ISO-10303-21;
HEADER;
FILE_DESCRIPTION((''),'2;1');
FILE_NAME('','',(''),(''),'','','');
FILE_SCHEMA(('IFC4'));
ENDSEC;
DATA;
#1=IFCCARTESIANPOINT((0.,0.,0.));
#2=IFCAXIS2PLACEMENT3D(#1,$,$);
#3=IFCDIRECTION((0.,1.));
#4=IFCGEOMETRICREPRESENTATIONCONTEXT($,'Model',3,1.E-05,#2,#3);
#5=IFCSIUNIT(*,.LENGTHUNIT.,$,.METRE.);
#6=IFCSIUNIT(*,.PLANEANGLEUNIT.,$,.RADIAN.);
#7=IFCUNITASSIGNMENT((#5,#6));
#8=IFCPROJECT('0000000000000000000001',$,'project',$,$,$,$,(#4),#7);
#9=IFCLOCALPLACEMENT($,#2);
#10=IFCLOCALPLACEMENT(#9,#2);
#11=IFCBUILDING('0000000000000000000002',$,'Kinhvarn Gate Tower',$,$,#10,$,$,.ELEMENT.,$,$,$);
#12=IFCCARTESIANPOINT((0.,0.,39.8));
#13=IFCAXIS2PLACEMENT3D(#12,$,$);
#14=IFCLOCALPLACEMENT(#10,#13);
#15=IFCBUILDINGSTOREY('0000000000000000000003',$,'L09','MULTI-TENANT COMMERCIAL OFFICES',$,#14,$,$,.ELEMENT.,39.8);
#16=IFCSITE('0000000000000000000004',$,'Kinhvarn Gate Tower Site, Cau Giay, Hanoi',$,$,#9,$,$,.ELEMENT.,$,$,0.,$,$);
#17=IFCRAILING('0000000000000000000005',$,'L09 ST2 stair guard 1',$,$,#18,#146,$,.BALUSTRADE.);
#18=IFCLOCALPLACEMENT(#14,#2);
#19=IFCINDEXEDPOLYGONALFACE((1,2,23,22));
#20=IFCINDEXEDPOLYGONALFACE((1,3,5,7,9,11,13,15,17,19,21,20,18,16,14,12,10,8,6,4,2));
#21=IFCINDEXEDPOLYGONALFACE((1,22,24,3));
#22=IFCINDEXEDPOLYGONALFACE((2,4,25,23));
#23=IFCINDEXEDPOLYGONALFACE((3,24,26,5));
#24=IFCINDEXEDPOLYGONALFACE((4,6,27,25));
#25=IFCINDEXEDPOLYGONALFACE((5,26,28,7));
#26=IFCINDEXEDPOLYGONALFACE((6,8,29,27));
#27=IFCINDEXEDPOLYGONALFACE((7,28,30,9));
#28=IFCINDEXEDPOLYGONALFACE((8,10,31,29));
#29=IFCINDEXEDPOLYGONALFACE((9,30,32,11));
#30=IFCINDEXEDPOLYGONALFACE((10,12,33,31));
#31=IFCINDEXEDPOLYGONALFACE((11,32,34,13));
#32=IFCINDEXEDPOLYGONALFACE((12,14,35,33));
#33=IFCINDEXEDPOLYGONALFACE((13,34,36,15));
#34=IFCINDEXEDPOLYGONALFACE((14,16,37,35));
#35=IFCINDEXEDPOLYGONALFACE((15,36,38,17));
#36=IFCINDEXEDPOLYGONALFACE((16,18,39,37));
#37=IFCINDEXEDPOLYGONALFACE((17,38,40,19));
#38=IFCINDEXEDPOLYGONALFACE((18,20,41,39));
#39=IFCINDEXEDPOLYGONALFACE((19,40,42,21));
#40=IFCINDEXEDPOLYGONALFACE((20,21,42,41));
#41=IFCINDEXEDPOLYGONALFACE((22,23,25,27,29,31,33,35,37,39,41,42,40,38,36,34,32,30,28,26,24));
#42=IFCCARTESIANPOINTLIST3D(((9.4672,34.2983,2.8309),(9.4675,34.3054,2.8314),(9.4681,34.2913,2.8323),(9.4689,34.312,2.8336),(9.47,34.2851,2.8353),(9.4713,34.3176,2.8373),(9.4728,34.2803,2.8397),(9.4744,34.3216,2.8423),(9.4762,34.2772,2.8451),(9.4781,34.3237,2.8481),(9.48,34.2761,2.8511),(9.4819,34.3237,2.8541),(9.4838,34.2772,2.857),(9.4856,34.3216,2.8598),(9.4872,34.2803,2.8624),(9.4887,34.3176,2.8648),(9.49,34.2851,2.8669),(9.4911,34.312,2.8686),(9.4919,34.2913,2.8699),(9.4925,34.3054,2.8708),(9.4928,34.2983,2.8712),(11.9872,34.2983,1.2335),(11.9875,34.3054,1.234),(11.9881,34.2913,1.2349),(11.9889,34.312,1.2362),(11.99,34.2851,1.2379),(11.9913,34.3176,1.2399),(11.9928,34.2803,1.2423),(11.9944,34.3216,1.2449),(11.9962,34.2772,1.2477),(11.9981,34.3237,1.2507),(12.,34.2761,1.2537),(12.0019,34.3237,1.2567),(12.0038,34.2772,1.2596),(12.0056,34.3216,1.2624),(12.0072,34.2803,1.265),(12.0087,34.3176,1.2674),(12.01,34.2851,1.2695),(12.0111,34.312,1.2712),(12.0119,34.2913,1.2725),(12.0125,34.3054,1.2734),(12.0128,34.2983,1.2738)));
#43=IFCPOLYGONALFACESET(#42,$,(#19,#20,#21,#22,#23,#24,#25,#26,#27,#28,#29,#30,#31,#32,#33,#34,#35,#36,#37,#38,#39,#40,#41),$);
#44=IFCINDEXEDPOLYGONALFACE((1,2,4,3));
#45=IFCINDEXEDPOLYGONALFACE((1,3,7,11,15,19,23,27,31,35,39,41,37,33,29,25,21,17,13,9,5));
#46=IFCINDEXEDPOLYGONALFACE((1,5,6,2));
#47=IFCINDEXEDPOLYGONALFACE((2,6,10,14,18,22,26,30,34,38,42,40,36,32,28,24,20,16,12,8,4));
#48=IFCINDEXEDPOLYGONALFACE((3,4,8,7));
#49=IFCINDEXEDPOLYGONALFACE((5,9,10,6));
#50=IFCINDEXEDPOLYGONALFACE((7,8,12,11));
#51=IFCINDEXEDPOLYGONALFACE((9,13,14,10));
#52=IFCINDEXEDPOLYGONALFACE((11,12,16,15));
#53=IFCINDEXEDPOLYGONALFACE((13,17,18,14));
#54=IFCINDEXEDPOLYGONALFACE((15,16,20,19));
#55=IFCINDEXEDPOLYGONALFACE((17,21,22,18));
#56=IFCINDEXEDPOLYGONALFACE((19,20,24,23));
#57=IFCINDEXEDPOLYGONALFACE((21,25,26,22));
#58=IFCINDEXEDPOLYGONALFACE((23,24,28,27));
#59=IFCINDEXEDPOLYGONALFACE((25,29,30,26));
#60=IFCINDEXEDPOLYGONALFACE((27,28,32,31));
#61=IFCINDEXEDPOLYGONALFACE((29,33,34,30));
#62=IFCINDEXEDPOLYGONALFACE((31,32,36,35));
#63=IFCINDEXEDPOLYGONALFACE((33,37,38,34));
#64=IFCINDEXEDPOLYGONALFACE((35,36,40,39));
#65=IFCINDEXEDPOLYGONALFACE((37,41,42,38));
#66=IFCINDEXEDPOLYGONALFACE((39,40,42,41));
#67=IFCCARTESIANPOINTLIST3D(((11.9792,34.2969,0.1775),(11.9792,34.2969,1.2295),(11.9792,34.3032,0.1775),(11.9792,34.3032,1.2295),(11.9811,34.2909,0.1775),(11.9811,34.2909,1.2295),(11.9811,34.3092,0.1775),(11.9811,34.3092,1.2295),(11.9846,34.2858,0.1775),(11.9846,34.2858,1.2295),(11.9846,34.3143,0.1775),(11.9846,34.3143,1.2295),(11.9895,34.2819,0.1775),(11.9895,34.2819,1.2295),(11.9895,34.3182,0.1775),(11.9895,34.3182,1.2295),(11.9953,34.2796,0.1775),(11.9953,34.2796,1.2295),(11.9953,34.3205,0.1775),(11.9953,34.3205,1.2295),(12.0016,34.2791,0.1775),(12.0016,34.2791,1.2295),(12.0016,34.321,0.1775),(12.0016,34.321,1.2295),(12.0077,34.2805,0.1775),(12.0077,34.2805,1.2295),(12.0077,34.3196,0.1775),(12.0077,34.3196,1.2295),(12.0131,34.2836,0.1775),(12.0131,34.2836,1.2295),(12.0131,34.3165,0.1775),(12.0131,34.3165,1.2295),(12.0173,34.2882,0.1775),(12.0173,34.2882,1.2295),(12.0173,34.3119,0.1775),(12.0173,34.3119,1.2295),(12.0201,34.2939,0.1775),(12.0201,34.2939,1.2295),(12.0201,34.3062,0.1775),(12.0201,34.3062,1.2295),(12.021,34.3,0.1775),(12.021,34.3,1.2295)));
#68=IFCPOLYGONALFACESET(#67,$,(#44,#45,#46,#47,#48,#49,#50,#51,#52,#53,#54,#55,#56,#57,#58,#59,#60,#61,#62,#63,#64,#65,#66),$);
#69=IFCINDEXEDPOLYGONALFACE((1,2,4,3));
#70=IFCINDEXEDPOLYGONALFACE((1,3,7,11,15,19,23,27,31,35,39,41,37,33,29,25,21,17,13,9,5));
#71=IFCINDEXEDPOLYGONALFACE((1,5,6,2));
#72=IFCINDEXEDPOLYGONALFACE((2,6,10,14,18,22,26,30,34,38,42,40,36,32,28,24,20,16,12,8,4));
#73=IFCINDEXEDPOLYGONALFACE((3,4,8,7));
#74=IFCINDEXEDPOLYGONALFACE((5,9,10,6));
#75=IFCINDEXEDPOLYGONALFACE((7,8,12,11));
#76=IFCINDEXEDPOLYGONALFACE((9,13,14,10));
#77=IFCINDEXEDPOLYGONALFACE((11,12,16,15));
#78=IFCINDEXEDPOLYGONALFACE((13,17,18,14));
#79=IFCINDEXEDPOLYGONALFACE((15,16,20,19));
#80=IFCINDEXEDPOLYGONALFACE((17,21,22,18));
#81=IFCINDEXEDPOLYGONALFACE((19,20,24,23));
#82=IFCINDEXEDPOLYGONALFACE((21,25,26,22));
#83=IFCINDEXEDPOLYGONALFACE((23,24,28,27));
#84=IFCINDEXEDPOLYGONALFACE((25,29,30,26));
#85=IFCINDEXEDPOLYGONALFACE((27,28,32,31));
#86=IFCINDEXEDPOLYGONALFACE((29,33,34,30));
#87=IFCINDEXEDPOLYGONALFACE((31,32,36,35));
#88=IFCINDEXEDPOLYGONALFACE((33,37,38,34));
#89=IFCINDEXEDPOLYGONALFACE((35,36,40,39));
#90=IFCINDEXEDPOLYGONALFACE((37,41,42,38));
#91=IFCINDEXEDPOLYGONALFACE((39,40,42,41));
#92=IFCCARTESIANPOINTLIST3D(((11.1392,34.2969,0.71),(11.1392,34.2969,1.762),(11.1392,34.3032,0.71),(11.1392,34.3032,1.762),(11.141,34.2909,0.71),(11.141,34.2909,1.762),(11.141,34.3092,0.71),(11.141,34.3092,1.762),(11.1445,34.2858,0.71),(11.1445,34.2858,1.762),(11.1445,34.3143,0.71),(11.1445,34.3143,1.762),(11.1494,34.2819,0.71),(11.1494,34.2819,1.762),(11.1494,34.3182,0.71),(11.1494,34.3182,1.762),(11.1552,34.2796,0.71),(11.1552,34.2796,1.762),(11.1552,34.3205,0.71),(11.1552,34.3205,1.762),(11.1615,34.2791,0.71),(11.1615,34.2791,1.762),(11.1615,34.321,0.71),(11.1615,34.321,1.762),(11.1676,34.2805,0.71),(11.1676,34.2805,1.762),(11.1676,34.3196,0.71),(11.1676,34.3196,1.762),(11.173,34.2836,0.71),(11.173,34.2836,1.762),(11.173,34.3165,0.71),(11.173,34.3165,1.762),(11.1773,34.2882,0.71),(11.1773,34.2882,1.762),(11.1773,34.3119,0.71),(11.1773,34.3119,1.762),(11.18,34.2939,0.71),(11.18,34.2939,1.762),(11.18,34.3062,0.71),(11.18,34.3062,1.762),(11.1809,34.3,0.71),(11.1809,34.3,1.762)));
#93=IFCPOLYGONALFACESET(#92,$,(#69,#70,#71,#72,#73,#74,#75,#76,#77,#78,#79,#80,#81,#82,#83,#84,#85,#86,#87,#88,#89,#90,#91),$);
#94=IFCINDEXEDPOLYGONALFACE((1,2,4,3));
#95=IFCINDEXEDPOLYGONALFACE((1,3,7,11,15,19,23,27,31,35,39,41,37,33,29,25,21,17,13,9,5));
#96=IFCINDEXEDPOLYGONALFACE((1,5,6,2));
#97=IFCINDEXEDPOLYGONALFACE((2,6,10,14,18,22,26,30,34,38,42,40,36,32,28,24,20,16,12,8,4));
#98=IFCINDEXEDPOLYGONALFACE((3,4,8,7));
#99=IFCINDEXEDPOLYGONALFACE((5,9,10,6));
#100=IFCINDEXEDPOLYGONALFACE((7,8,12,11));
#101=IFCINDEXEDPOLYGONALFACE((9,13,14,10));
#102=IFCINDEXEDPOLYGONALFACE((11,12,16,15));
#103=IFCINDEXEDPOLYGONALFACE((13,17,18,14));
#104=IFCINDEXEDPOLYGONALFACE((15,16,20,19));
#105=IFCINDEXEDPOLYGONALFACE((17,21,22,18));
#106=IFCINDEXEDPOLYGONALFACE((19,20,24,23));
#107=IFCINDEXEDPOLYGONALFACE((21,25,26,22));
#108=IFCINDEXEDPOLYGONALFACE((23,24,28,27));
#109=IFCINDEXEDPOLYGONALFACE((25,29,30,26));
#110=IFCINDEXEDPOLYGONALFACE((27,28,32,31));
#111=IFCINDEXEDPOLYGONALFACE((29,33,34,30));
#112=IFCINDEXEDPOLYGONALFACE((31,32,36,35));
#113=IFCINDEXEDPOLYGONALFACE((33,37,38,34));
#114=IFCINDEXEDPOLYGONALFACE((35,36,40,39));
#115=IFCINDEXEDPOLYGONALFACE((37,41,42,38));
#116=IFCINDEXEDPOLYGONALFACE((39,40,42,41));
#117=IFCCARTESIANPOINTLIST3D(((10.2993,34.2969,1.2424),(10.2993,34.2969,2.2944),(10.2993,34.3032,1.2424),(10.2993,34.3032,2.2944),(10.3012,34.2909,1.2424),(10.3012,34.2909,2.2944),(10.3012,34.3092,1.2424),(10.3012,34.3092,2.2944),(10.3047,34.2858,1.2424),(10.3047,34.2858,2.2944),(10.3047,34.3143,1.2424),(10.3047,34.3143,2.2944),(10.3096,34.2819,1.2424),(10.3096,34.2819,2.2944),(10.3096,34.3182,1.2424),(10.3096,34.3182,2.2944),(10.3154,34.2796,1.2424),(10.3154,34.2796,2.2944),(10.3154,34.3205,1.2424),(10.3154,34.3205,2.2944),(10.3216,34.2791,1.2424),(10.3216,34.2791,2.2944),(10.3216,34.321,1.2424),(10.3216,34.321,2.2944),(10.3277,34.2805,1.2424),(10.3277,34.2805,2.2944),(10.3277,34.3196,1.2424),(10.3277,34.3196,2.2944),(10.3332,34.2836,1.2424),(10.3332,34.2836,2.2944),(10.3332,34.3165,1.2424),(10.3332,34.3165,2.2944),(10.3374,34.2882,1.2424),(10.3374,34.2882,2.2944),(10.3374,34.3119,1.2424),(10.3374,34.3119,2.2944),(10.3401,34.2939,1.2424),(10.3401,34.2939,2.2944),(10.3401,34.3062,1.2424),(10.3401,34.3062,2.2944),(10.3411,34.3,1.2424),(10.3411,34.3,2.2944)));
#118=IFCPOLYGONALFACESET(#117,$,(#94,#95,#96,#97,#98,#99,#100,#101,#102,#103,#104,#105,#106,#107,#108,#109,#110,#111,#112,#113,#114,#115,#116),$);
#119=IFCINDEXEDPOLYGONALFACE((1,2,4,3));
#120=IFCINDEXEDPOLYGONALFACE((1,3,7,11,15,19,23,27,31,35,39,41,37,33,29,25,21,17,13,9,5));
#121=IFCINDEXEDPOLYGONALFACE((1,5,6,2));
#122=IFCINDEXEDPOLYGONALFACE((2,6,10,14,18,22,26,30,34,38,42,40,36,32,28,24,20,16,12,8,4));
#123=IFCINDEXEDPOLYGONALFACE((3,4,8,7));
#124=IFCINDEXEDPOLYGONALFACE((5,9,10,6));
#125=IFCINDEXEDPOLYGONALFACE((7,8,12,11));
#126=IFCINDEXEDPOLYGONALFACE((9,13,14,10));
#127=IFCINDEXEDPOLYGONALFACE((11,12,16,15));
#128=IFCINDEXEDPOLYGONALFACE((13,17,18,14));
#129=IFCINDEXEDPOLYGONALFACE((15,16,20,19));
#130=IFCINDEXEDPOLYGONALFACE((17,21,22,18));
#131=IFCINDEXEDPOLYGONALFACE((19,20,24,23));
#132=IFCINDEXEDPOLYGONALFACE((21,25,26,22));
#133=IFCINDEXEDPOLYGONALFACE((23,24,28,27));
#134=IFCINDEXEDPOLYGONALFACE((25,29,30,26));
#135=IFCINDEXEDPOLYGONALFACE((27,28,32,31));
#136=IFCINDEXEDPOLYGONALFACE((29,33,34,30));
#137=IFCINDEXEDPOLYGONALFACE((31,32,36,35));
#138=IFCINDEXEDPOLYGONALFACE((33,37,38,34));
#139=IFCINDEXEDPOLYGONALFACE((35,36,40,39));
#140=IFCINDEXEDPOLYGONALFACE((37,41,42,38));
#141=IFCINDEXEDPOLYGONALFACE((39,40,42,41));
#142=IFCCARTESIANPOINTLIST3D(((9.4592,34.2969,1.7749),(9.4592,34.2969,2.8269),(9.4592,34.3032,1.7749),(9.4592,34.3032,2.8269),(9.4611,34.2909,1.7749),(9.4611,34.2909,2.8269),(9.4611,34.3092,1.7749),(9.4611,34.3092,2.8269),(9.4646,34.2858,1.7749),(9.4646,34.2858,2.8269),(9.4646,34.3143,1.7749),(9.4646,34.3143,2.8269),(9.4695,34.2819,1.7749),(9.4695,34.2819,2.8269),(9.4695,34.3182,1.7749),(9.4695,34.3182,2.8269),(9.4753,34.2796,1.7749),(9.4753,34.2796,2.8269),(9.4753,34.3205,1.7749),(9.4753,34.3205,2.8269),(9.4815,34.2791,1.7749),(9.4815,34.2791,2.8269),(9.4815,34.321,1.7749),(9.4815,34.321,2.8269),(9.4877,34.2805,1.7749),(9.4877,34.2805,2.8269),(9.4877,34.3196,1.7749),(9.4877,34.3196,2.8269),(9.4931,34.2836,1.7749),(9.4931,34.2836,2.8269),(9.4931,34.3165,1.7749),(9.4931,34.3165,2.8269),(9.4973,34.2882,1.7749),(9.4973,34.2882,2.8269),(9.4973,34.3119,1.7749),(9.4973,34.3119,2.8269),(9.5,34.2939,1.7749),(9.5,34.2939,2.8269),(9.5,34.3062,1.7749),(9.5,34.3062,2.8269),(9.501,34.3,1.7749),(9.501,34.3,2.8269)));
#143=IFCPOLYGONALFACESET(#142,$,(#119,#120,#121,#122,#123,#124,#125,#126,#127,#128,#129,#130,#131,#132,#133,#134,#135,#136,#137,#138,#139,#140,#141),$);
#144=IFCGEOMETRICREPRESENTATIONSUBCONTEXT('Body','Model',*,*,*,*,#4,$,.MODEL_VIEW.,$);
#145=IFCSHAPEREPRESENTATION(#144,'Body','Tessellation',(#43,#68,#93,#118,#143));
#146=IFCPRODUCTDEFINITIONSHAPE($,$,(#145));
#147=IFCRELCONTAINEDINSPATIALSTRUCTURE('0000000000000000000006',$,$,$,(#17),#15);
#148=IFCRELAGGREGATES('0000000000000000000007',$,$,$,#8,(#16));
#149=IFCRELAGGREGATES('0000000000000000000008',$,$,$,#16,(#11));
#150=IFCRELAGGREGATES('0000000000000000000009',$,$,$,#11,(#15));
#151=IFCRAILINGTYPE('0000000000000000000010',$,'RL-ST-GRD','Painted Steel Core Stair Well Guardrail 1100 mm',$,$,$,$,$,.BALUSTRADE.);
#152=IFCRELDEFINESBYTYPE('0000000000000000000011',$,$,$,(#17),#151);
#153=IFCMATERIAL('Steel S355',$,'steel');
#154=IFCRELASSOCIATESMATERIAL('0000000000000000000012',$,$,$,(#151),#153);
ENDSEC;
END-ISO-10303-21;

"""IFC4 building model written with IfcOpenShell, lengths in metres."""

from ifc_helpers import new_model, si_unit, direction, frame, origin, origin_2d, place, context, subcontext, project, spatial, circle, extrude, material, type_object, element, save


model = new_model("IFC4")

# Units and contexts
model_context = context("Model", 3, precision=1e-05, world=origin(), true_north=direction((0.0, 1.0)))
body_context = subcontext(model_context, "Body", "Model", "MODEL_VIEW")
ifc_project = project(units=[si_unit("LENGTHUNIT", "METRE"), si_unit("PLANEANGLEUNIT", "RADIAN")], contexts=[model_context])

# Site, building, storey
site_placement = place(None, origin())
site = spatial("IfcSite", under=ifc_project, at=site_placement, Name="Kinhvarn Gate Tower Site, Cau Giay, Hanoi", CompositionType="ELEMENT", RefElevation=0.0)
building_placement = place(site_placement, origin())
building = spatial("IfcBuilding", under=site, at=building_placement, Name="Kinhvarn Gate Tower", CompositionType="ELEMENT")
storey_placement = place(building_placement, frame((0.0, 0.0, 39.8)))
storey = spatial("IfcBuildingStorey", under=building, at=storey_placement, Name="L09", Description="MULTI-TENANT COMMERCIAL OFFICES", CompositionType="ELEMENT", Elevation=39.8)

# Shared definitions
ifc_material_1 = material(Name="Steel S355", Category="steel")

# Railing
railing_type_1 = type_object("IfcRailingType", Name="RL-ST-GRD", Description="Painted Steel Core Stair Well Guardrail 1100 mm", PredefinedType="BALUSTRADE", material=ifc_material_1)
railing_1_placement = place(storey_placement, frame((12.0, 34.3, 0.1775)))
element("IfcRailing", 1, at=railing_1_placement, inside=storey, type_object=railing_type_1, Name="L09 ST2 stair guard 1", PredefinedType="BALUSTRADE", context=body_context, shape_type="SweptSolid", body=[
    extrude(circle(Radius=0.0239, at=origin_2d()), frame((0.0, 0.0, 1.0762), z_axis=(-0.844607, 0.0, 0.535387), x_axis=(0.0, -1.0, 0.0)), (0.0, 0.0, 1.0), 2.9836),
    extrude(circle(Radius=0.021, at=origin_2d()), origin(), (0.0, 0.0, 1.0), 1.052),
    extrude(circle(Radius=0.021, at=origin_2d()), frame((-0.8401, 0.0, 0.5325)), (0.0, 0.0, 1.0), 1.052),
    extrude(circle(Radius=0.021, at=origin_2d()), frame((-1.6799, 0.0, 1.0649)), (0.0, 0.0, 1.0), 1.052),
    extrude(circle(Radius=0.021, at=origin_2d()), frame((-2.52, 0.0, 1.5974)), (0.0, 0.0, 1.0), 1.052),
])

save(model, "model.ifc")
